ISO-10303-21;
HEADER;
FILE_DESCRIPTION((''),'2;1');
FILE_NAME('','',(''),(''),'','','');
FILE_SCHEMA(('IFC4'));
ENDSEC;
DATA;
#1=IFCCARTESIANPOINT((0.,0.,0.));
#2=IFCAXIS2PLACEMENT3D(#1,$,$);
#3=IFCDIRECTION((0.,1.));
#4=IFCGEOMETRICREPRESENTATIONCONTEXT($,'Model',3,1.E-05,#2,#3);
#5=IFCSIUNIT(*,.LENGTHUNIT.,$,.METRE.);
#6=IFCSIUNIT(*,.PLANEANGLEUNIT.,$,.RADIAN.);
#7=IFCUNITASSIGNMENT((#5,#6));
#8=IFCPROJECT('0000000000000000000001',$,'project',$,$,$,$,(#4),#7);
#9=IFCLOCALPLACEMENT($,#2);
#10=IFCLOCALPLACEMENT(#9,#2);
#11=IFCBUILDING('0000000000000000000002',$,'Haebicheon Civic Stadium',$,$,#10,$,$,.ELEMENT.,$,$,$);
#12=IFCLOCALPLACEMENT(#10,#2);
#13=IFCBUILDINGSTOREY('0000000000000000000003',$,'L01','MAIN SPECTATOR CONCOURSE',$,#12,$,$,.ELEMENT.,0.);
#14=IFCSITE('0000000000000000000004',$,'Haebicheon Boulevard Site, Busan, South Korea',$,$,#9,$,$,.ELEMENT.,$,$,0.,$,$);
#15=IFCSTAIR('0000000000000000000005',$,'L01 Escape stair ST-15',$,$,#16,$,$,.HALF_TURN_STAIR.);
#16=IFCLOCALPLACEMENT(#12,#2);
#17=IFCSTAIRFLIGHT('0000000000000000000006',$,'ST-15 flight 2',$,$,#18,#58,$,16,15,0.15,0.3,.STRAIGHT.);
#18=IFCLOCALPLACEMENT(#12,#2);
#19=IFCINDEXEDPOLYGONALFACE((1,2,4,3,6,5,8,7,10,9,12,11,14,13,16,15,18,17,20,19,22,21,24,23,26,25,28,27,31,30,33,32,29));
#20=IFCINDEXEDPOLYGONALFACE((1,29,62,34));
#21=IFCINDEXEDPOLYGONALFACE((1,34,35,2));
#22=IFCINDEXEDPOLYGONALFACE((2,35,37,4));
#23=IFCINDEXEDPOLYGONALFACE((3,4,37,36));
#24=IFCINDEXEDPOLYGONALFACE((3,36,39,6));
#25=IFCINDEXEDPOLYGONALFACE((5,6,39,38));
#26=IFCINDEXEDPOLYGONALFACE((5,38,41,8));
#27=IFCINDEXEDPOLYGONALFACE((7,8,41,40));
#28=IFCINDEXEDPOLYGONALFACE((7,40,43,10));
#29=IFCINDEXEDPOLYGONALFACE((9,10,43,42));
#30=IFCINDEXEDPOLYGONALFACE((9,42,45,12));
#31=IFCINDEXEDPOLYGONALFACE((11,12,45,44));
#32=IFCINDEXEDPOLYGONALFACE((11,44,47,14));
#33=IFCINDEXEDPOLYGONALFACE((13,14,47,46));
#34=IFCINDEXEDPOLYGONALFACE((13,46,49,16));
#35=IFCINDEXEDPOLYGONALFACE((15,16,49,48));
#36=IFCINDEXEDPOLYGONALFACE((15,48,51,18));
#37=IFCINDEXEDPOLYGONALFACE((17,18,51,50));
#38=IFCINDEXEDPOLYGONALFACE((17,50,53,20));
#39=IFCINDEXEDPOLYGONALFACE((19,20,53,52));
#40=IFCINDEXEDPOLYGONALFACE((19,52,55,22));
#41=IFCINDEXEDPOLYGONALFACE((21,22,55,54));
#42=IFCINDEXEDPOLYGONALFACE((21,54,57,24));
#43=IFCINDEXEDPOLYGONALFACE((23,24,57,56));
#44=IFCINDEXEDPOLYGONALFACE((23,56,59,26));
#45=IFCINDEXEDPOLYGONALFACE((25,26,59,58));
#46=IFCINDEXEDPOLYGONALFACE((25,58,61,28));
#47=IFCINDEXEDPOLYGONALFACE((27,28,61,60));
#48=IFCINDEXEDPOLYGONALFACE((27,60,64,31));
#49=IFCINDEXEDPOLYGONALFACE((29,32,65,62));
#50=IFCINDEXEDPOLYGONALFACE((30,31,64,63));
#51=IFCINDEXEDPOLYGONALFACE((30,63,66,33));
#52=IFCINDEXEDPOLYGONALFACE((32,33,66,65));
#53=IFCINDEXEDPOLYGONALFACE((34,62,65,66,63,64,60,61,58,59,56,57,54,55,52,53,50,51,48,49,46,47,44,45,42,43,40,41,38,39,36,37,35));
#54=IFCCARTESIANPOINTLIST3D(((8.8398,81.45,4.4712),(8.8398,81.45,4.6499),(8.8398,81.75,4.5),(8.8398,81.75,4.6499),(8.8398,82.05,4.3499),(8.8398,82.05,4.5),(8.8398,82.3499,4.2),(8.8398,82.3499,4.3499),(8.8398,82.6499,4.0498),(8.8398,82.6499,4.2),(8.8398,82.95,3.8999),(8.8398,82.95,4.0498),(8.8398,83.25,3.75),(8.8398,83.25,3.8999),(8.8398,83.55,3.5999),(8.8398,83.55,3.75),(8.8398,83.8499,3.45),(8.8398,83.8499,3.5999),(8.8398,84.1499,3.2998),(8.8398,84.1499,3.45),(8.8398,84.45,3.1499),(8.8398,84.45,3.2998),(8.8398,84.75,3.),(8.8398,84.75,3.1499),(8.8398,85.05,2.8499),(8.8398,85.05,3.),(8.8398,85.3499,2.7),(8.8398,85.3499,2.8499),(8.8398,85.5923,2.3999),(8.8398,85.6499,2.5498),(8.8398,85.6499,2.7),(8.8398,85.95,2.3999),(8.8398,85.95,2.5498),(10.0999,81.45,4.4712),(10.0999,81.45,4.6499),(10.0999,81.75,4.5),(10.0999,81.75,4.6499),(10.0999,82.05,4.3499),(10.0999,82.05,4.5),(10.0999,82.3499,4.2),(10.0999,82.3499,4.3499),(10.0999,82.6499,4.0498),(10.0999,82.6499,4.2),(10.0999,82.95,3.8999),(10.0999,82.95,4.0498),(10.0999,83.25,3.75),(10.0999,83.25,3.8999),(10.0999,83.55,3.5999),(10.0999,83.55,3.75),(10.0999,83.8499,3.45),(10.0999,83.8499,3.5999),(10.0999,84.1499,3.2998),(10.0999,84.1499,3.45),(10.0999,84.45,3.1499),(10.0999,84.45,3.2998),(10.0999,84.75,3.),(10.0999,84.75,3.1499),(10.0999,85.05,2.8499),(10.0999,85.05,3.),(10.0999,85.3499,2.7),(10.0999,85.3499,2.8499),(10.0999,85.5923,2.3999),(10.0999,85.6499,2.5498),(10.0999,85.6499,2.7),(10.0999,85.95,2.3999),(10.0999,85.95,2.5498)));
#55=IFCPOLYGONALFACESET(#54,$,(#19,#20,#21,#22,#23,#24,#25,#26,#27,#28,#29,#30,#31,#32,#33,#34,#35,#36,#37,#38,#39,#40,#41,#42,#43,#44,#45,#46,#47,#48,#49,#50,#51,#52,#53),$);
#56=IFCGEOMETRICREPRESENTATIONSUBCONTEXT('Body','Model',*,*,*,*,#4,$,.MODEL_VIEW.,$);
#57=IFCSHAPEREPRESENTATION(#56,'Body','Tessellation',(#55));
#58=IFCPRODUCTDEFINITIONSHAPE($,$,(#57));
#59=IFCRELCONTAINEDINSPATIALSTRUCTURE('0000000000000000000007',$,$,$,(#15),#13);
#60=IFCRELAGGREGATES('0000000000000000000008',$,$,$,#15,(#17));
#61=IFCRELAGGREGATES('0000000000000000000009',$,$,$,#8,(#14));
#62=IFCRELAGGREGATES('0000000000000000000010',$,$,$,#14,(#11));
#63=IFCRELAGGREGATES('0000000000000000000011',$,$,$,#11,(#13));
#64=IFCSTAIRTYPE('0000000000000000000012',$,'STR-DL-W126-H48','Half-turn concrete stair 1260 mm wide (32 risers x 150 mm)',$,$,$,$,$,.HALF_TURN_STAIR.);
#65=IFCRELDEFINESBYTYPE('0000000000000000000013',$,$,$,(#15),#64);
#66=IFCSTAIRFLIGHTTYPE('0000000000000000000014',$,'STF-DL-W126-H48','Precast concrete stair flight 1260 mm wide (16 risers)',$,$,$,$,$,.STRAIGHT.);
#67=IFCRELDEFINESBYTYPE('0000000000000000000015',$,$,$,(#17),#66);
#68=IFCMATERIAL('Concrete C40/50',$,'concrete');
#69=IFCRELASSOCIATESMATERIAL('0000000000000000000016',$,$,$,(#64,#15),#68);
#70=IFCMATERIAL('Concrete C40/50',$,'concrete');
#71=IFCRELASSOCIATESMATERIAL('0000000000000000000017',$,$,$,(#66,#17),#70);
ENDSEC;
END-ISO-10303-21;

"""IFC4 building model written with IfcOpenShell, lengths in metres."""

from ifc_helpers import new_model, si_unit, direction, frame, origin, place, context, subcontext, project, spatial, polyline, outline, extrude, material, type_object, element, aggregate, save


model = new_model("IFC4")

# Units and contexts
model_context = context("Model", 3, precision=1e-05, world=origin(), true_north=direction((0.0, 1.0)))
body_context = subcontext(model_context, "Body", "Model", "MODEL_VIEW")
ifc_project = project(units=[si_unit("LENGTHUNIT", "METRE"), si_unit("PLANEANGLEUNIT", "RADIAN")], contexts=[model_context])

# Site, building, storey
site_placement = place(None, origin())
site = spatial("IfcSite", under=ifc_project, at=site_placement, Name="Haebicheon Boulevard Site, Busan, South Korea", CompositionType="ELEMENT", RefElevation=0.0)
building_placement = place(site_placement, origin())
building = spatial("IfcBuilding", under=site, at=building_placement, Name="Haebicheon Civic Stadium", CompositionType="ELEMENT")
storey_placement = place(building_placement, origin())
storey = spatial("IfcBuildingStorey", under=building, at=storey_placement, Name="L01", Description="MAIN SPECTATOR CONCOURSE", CompositionType="ELEMENT", Elevation=0.0)

# Stair, stair flight
ifc_material_1 = material(Name="Concrete C40/50", Category="concrete")
stair_type = type_object("IfcStairType", Name="STR-DL-W126-H48", Description="Half-turn concrete stair 1260 mm wide (32 risers x 150 mm)", PredefinedType="HALF_TURN_STAIR", material=ifc_material_1)
stair_placement = place(storey_placement, origin())
stair = element("IfcStair", 1, at=stair_placement, inside=storey, type_object=stair_type, material=ifc_material_1, Name="L01 Escape stair ST-15", PredefinedType="HALF_TURN_STAIR")
ifc_material_2 = material(Name="Concrete C40/50", Category="concrete")
stair_flight_type = type_object("IfcStairFlightType", Name="STF-DL-W126-H48", Description="Precast concrete stair flight 1260 mm wide (16 risers)", PredefinedType="STRAIGHT", material=ifc_material_2)
stair_flight_1_placement = place(storey_placement, frame((9.47, 85.95, 2.3999), z_axis=(0.0, 0.0, 1.0), x_axis=(0.0, -1.0, 0.0)))
stair_flight_1 = element("IfcStairFlight", 2, at=stair_flight_1_placement, type_object=stair_flight_type, material=ifc_material_2, Name="ST-15 flight 2", NumberOfRisers=16, NumberOfTreads=15, PredefinedType="STRAIGHT", RiserHeight=0.15, TreadLength=0.3, context=body_context, shape_type="SweptSolid", body=[
    extrude(outline(polyline([(0.0, 0.0), (0.0, 0.1499), (0.3, 0.1499), (0.3, 0.3), (0.6001, 0.3), (0.6001, 0.45), (0.8999, 0.45), (0.8999, 0.6001), (1.2, 0.6001), (1.2, 0.75), (1.5, 0.75), (1.5, 0.8999), (1.8, 0.8999), (1.8, 1.05), (2.1001, 1.05), (2.1001, 1.2), (2.3999, 1.2), (2.3999, 1.3501), (2.7, 1.3501), (2.7, 1.5), (3.0, 1.5), (3.0, 1.6499), (3.3, 1.6499), (3.3, 1.8), (3.6001, 1.8), (3.6001, 1.95), (3.8999, 1.95), (3.8999, 2.1001), (4.2, 2.1001), (4.2, 2.25), (4.5, 2.25), (4.5, 2.3999), (4.5, 2.0713), (0.3577, 0.0), (0.0, 0.0)])), frame((0.0, 0.6299, 0.0), z_axis=(0.0, -1.0, 0.0), x_axis=(1.0, 0.0, 0.0)), (0.0, 0.0, 1.0), 1.26),
])
aggregate(stair, [stair_flight_1])

save(model, "model.ifc")
